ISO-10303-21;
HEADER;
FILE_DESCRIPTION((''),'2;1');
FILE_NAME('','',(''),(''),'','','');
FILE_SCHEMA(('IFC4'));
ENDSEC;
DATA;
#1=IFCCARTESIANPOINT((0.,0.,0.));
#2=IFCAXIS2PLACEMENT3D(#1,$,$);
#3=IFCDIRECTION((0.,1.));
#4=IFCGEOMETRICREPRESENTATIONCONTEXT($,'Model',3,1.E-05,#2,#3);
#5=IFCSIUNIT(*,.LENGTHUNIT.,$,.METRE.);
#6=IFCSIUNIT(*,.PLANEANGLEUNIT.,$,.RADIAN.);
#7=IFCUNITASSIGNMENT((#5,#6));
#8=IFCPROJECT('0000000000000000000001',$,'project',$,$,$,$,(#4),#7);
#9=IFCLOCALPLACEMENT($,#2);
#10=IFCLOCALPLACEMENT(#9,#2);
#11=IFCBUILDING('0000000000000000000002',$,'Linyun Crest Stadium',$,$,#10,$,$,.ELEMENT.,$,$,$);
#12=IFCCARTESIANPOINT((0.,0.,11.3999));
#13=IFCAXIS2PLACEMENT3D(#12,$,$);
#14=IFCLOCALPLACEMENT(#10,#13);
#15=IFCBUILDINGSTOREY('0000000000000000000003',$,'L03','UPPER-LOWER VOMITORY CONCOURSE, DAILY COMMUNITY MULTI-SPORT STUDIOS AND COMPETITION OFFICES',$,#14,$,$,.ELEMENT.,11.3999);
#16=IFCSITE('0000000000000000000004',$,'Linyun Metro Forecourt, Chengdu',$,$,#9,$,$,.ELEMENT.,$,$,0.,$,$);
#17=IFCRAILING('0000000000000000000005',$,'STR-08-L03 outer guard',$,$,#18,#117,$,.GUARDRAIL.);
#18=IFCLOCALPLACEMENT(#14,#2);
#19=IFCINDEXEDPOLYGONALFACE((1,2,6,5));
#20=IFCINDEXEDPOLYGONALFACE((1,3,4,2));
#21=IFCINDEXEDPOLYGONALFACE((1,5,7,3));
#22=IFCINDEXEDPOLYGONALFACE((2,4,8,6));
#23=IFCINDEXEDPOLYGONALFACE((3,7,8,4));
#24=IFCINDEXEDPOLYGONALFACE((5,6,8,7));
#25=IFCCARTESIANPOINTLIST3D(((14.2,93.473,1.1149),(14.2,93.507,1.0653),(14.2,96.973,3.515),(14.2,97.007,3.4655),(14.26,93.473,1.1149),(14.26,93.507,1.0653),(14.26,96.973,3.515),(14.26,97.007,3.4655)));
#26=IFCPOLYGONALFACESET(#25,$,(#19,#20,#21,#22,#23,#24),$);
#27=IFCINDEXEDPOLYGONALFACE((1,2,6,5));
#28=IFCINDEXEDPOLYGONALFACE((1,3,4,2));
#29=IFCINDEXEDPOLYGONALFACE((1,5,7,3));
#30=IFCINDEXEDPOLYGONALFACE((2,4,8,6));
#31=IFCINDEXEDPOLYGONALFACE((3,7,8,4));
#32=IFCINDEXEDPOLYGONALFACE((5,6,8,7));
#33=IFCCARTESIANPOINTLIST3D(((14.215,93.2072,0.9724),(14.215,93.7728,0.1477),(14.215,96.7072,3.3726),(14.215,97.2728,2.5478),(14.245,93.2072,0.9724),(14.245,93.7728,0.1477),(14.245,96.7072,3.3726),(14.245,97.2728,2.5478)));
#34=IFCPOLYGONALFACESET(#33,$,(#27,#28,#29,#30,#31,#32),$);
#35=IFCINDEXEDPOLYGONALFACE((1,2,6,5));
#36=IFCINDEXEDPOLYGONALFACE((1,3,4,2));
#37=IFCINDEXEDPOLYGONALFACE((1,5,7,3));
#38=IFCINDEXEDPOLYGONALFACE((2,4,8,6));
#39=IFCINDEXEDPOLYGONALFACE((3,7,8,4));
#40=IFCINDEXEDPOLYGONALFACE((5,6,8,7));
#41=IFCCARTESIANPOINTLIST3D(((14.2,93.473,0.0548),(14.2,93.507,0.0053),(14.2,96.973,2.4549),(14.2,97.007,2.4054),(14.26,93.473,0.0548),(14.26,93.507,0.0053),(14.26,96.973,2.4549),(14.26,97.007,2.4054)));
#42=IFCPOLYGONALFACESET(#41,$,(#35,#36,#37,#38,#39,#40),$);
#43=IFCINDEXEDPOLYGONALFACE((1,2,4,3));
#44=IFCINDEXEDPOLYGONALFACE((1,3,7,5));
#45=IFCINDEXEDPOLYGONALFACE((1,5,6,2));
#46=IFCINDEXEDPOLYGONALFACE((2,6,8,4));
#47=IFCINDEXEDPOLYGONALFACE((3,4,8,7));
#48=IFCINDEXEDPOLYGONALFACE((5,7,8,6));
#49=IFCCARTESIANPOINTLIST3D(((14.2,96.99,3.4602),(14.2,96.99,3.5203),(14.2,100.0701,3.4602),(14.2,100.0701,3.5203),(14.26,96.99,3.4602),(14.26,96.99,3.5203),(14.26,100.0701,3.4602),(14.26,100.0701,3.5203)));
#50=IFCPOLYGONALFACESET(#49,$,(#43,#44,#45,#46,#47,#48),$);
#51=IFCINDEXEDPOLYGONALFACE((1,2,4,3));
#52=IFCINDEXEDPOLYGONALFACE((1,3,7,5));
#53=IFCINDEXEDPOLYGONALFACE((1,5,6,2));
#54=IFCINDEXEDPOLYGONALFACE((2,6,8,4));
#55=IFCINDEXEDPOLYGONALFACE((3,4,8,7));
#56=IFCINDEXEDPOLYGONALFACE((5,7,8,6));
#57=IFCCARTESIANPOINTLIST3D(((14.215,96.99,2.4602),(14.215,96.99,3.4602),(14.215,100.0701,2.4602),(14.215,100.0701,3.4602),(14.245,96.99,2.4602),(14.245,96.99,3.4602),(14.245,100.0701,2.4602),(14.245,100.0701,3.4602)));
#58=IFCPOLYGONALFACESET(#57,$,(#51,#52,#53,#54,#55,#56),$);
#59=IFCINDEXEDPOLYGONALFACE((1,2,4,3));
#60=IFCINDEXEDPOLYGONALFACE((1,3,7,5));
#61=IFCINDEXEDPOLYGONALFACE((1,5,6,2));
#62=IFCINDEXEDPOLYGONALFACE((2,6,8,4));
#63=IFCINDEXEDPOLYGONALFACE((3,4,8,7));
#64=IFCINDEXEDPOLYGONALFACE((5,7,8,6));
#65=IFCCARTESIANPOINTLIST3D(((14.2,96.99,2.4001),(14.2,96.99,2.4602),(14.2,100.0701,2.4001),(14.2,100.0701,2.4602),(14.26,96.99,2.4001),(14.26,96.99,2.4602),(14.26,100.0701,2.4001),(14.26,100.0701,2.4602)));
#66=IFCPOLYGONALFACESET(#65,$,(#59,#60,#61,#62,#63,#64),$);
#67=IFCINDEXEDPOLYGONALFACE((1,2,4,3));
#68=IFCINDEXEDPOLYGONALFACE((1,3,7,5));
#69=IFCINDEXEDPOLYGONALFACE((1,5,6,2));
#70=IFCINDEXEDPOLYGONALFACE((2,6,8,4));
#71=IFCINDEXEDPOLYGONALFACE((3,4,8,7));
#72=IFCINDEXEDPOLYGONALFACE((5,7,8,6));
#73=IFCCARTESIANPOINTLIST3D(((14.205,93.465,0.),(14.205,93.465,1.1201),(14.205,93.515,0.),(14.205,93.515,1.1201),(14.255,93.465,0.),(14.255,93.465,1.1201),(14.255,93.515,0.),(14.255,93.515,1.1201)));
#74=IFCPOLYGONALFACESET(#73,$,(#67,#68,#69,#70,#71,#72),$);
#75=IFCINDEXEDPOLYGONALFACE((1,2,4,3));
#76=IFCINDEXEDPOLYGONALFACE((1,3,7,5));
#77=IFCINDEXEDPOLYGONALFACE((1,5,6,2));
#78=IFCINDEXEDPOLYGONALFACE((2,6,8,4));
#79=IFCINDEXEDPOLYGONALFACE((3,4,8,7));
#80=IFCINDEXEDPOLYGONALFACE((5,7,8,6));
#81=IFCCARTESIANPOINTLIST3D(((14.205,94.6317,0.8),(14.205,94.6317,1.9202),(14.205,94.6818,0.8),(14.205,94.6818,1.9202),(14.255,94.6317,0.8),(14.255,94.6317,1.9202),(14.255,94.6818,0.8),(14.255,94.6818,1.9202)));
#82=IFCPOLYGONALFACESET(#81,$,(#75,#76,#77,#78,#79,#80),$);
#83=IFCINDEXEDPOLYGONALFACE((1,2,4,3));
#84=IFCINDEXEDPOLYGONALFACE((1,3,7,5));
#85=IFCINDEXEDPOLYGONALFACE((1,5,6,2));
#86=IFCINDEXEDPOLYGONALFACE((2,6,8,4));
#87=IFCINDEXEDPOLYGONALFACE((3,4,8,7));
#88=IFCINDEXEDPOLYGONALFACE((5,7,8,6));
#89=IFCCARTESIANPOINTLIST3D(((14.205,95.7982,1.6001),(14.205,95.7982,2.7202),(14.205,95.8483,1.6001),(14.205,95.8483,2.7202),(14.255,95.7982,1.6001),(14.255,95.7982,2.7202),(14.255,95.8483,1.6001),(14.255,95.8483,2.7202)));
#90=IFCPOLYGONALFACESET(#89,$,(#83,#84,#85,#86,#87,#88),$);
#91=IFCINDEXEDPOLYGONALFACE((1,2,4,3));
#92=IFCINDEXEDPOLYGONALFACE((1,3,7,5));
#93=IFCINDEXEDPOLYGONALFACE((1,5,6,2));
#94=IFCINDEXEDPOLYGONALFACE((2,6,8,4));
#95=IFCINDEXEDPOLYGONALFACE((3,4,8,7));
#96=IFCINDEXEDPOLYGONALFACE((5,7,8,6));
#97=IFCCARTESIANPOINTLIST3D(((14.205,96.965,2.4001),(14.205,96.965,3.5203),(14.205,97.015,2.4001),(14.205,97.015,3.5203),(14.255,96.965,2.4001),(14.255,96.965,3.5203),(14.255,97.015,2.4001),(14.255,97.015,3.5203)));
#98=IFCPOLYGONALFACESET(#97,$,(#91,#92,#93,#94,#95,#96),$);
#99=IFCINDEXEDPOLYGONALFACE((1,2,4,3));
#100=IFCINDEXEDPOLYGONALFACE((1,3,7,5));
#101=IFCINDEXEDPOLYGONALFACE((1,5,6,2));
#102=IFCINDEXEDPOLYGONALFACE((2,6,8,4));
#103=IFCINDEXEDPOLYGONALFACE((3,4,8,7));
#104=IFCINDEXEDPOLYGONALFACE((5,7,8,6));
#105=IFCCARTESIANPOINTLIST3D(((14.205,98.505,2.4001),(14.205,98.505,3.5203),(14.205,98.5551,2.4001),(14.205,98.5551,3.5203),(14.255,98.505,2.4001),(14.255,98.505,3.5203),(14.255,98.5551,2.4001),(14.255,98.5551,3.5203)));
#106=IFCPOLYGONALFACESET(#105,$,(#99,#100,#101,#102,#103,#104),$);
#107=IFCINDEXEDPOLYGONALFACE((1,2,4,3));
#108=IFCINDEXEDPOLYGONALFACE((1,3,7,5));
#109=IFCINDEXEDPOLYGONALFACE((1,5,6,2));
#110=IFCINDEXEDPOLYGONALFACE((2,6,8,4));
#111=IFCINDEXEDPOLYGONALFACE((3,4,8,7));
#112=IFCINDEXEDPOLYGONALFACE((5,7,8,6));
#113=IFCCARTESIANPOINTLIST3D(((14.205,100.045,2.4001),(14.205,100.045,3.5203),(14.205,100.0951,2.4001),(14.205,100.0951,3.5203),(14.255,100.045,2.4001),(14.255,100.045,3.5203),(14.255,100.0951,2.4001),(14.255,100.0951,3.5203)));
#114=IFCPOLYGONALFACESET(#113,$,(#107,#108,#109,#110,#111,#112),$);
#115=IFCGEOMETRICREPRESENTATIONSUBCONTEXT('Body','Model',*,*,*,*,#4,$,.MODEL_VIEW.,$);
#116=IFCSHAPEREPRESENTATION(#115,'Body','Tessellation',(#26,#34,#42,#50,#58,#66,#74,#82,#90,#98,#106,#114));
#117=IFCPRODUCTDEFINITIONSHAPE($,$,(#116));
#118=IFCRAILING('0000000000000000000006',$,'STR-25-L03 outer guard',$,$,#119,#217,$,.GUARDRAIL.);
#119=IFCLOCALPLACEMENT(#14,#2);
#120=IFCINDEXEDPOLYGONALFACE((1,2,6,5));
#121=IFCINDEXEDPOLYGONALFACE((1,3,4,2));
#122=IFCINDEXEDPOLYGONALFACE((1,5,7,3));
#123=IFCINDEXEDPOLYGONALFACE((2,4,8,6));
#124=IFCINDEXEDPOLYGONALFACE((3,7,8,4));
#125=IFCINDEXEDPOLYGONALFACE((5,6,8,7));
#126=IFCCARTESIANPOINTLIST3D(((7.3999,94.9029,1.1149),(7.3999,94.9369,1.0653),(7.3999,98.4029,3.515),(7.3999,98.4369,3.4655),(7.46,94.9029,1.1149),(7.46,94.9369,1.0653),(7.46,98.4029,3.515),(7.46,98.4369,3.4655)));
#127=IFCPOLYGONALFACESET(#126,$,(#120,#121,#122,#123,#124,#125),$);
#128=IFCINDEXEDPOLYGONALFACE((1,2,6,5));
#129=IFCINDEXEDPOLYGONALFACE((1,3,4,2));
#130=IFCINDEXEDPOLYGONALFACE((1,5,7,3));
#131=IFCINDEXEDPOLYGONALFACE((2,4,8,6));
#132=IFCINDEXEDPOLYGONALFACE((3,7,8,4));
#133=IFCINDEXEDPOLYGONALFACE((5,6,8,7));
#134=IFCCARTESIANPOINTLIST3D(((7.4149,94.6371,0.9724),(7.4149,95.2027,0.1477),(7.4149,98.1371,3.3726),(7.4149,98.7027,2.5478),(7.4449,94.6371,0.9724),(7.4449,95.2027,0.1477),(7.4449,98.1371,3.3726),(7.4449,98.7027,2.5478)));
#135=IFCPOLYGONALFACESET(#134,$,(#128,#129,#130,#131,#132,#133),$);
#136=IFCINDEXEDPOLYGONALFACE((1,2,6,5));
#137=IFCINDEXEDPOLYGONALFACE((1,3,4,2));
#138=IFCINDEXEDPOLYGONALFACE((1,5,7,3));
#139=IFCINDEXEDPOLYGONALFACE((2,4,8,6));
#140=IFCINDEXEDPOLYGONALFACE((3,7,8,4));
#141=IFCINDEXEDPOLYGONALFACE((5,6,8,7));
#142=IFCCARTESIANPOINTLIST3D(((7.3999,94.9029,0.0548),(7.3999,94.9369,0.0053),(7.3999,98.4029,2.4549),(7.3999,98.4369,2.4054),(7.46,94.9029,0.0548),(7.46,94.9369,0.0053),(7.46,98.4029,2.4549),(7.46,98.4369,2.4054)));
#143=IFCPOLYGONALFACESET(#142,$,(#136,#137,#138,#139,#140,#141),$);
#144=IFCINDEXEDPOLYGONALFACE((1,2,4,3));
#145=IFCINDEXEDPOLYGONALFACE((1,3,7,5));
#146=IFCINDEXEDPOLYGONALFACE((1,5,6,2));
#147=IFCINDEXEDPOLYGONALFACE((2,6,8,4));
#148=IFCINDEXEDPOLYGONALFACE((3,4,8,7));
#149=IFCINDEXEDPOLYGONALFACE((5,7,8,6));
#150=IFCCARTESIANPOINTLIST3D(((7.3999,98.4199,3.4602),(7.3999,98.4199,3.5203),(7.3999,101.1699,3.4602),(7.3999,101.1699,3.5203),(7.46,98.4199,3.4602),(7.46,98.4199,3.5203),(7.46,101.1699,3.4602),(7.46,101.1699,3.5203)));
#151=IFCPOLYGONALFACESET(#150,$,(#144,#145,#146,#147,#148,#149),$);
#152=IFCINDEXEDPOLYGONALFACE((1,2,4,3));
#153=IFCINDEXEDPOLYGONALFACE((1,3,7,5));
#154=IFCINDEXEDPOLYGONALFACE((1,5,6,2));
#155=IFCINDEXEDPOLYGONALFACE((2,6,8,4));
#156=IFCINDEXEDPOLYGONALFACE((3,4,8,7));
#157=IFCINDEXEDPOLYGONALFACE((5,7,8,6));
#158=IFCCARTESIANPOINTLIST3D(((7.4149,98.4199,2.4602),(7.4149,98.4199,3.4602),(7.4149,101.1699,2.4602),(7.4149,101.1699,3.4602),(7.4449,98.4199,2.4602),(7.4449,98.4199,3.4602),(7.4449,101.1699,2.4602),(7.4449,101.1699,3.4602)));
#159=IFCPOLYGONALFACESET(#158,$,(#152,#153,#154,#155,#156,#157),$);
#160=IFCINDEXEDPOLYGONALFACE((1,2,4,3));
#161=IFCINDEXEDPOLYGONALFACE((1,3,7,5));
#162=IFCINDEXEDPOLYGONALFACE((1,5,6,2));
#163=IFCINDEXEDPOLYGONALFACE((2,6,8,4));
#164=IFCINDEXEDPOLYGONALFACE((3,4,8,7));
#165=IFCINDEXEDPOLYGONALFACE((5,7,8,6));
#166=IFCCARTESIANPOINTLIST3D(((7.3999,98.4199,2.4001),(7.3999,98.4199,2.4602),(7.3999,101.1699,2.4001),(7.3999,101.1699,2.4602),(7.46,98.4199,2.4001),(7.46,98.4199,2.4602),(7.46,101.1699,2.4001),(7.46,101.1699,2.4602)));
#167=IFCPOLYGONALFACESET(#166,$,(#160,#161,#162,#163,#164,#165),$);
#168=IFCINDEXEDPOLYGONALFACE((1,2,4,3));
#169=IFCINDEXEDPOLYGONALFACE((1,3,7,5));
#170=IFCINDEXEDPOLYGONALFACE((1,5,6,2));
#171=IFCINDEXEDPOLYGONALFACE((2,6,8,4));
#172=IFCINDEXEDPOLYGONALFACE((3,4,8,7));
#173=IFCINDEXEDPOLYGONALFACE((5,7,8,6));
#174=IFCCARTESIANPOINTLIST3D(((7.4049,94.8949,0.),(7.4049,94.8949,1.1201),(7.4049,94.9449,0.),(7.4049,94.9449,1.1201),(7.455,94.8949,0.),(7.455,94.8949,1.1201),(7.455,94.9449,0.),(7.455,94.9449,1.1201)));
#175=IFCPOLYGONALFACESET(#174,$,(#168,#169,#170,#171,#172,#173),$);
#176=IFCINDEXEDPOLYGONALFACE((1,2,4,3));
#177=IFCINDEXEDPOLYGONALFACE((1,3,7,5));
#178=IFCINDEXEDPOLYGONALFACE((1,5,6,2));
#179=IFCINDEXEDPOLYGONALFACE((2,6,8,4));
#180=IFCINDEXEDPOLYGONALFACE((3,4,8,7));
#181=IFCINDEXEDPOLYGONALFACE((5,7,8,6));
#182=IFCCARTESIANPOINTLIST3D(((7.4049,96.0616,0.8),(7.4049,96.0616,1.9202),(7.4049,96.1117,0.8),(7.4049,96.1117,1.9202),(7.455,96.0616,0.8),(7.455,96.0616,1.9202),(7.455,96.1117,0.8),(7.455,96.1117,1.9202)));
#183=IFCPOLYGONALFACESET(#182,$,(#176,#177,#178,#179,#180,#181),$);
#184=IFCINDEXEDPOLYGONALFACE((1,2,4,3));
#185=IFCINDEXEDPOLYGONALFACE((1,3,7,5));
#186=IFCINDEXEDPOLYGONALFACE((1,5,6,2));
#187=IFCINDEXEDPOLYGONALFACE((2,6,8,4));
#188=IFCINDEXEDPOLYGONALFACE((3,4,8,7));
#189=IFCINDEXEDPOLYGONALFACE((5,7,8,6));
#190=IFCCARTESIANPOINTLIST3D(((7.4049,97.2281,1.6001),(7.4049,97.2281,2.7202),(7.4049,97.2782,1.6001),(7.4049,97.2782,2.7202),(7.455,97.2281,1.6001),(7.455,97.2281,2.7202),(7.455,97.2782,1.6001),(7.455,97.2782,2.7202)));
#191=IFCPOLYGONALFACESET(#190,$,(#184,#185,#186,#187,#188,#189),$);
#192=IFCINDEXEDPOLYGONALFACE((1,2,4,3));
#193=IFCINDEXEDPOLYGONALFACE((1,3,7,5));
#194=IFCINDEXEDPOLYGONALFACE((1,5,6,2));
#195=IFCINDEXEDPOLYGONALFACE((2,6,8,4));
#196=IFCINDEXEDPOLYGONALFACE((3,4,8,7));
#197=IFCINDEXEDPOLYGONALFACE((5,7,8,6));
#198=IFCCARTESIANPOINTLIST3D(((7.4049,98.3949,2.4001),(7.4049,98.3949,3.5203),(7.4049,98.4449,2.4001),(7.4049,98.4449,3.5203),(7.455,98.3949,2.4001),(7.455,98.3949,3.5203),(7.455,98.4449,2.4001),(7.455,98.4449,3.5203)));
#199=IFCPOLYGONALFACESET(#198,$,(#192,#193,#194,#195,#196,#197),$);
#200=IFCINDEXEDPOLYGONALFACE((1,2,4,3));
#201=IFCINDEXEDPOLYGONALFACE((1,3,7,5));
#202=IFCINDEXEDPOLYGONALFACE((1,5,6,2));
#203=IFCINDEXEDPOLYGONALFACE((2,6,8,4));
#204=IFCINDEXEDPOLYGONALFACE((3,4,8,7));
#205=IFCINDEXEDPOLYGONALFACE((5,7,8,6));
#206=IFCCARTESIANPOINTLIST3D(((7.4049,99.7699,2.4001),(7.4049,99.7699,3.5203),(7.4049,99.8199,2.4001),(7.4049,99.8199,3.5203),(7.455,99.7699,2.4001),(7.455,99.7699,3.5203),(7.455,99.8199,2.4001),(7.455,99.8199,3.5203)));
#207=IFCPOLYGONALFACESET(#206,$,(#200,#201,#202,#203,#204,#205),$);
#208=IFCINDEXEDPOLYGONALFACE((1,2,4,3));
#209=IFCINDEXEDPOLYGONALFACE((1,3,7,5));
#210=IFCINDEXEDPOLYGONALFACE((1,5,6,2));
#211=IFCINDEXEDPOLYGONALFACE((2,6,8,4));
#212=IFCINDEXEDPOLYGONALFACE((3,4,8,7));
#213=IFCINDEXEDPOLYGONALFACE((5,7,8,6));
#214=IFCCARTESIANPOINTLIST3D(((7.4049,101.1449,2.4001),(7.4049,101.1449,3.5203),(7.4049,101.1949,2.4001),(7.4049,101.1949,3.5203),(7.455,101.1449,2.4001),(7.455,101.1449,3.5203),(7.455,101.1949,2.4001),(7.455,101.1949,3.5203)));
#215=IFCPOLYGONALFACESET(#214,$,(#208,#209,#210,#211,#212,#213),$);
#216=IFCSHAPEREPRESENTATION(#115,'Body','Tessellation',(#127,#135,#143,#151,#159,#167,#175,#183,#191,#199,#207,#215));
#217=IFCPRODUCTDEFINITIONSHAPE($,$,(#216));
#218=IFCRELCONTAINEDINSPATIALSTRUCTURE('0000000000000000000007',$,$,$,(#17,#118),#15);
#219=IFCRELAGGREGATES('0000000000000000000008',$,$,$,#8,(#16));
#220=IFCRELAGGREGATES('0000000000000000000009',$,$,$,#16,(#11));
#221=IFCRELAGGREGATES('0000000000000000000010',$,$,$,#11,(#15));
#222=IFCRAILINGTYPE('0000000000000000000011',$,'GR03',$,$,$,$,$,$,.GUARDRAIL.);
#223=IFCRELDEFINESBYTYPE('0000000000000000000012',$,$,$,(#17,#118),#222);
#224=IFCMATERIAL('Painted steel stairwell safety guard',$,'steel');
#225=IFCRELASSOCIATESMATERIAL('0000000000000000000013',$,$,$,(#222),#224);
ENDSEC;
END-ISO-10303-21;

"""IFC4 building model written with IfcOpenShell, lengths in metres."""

from ifc_helpers import new_model, si_unit, direction, frame, origin, origin_2d, place, context, subcontext, project, spatial, rectangle, extrude, material, type_object, element, save


model = new_model("IFC4")

# Units and contexts
model_context = context("Model", 3, precision=1e-05, world=origin(), true_north=direction((0.0, 1.0)))
body_context = subcontext(model_context, "Body", "Model", "MODEL_VIEW")
ifc_project = project(units=[si_unit("LENGTHUNIT", "METRE"), si_unit("PLANEANGLEUNIT", "RADIAN")], contexts=[model_context])

# Site, building, storey
site_placement = place(None, origin())
site = spatial("IfcSite", under=ifc_project, at=site_placement, Name="Linyun Metro Forecourt, Chengdu", CompositionType="ELEMENT", RefElevation=0.0)
building_placement = place(site_placement, origin())
building = spatial("IfcBuilding", under=site, at=building_placement, Name="Linyun Crest Stadium", CompositionType="ELEMENT")
storey_placement = place(building_placement, frame((0.0, 0.0, 11.3999)))
storey = spatial("IfcBuildingStorey", under=building, at=storey_placement, Name="L03", Description="UPPER-LOWER VOMITORY CONCOURSE, DAILY COMMUNITY MULTI-SPORT STUDIOS AND COMPETITION OFFICES", CompositionType="ELEMENT", Elevation=11.3999)

# Railings
ifc_material_1 = material(Name="Painted steel stairwell safety guard", Category="steel")
railing_type_1 = type_object("IfcRailingType", Name="GR03", PredefinedType="GUARDRAIL", material=ifc_material_1)
railing_1_placement = place(storey_placement, frame((14.23, 93.49, 0.0)))
element("IfcRailing", 1, at=railing_1_placement, inside=storey, type_object=railing_type_1, Name="STR-08-L03 outer guard", PredefinedType="GUARDRAIL", context=body_context, shape_type="SweptSolid", body=[
    extrude(rectangle(XDim=0.0601, YDim=0.0601, at=origin_2d()), frame((0.0, 0.0, 1.0901), z_axis=(0.0, 0.824713, 0.565552), x_axis=(-1.0, 0.0, 0.0)), (0.0, 0.0, 1.0), 4.2439),
    extrude(rectangle(XDim=0.03, YDim=1.0, at=origin_2d()), frame((0.0, 0.0, 0.5601), z_axis=(0.0, 0.824713, 0.565552), x_axis=(-1.0, 0.0, 0.0)), (0.0, 0.0, 1.0), 4.2439),
    extrude(rectangle(XDim=0.0601, YDim=0.0601, at=origin_2d()), frame((0.0, 0.0, 0.03), z_axis=(0.0, 0.824713, 0.565552), x_axis=(-1.0, 0.0, 0.0)), (0.0, 0.0, 1.0), 4.2439),
    extrude(rectangle(XDim=0.0601, YDim=0.0601, at=origin_2d()), frame((0.0, 3.5, 3.4902), z_axis=(0.0, 1.0, 0.0), x_axis=(-1.0, 0.0, 0.0)), (0.0, 0.0, 1.0), 3.0801),
    extrude(rectangle(XDim=0.03, YDim=1.0, at=origin_2d()), frame((0.0, 3.5, 2.9602), z_axis=(0.0, 1.0, 0.0), x_axis=(-1.0, 0.0, 0.0)), (0.0, 0.0, 1.0), 3.0801),
    extrude(rectangle(XDim=0.0601, YDim=0.0601, at=origin_2d()), frame((0.0, 3.5, 2.4302), z_axis=(0.0, 1.0, 0.0), x_axis=(-1.0, 0.0, 0.0)), (0.0, 0.0, 1.0), 3.0801),
    extrude(rectangle(XDim=0.05, YDim=0.05, at=origin_2d()), origin(), (0.0, 0.0, 1.0), 1.1201),
    extrude(rectangle(XDim=0.05, YDim=0.05, at=origin_2d()), frame((0.0, 1.1667, 0.8)), (0.0, 0.0, 1.0), 1.1201),
    extrude(rectangle(XDim=0.05, YDim=0.05, at=origin_2d()), frame((0.0, 2.3333, 1.6001)), (0.0, 0.0, 1.0), 1.1201),
    extrude(rectangle(XDim=0.05, YDim=0.05, at=origin_2d()), frame((0.0, 3.5, 2.4001)), (0.0, 0.0, 1.0), 1.1201),
    extrude(rectangle(XDim=0.05, YDim=0.05, at=origin_2d()), frame((0.0, 5.04, 2.4001)), (0.0, 0.0, 1.0), 1.1201),
    extrude(rectangle(XDim=0.05, YDim=0.05, at=origin_2d()), frame((0.0, 6.5801, 2.4001)), (0.0, 0.0, 1.0), 1.1201),
])
railing_2_placement = place(storey_placement, frame((7.4299, 94.9199, 0.0)))
element("IfcRailing", 2, at=railing_2_placement, inside=storey, type_object=railing_type_1, Name="STR-25-L03 outer guard", PredefinedType="GUARDRAIL", context=body_context, shape_type="SweptSolid", body=[
    extrude(rectangle(XDim=0.0601, YDim=0.0601, at=origin_2d()), frame((0.0, 0.0, 1.0901), z_axis=(0.0, 0.824713, 0.565552), x_axis=(-1.0, 0.0, 0.0)), (0.0, 0.0, 1.0), 4.2439),
    extrude(rectangle(XDim=0.03, YDim=1.0, at=origin_2d()), frame((0.0, 0.0, 0.5601), z_axis=(0.0, 0.824713, 0.565552), x_axis=(-1.0, 0.0, 0.0)), (0.0, 0.0, 1.0), 4.2439),
    extrude(rectangle(XDim=0.0601, YDim=0.0601, at=origin_2d()), frame((0.0, 0.0, 0.03), z_axis=(0.0, 0.824713, 0.565552), x_axis=(-1.0, 0.0, 0.0)), (0.0, 0.0, 1.0), 4.2439),
    extrude(rectangle(XDim=0.0601, YDim=0.0601, at=origin_2d()), frame((0.0, 3.5, 3.4902), z_axis=(0.0, 1.0, 0.0), x_axis=(-1.0, 0.0, 0.0)), (0.0, 0.0, 1.0), 2.75),
    extrude(rectangle(XDim=0.03, YDim=1.0, at=origin_2d()), frame((0.0, 3.5, 2.9602), z_axis=(0.0, 1.0, 0.0), x_axis=(-1.0, 0.0, 0.0)), (0.0, 0.0, 1.0), 2.75),
    extrude(rectangle(XDim=0.0601, YDim=0.0601, at=origin_2d()), frame((0.0, 3.5, 2.4302), z_axis=(0.0, 1.0, 0.0), x_axis=(-1.0, 0.0, 0.0)), (0.0, 0.0, 1.0), 2.75),
    extrude(rectangle(XDim=0.05, YDim=0.05, at=origin_2d()), origin(), (0.0, 0.0, 1.0), 1.1201),
    extrude(rectangle(XDim=0.05, YDim=0.05, at=origin_2d()), frame((0.0, 1.1667, 0.8)), (0.0, 0.0, 1.0), 1.1201),
    extrude(rectangle(XDim=0.05, YDim=0.05, at=origin_2d()), frame((0.0, 2.3333, 1.6001)), (0.0, 0.0, 1.0), 1.1201),
    extrude(rectangle(XDim=0.05, YDim=0.05, at=origin_2d()), frame((0.0, 3.5, 2.4001)), (0.0, 0.0, 1.0), 1.1201),
    extrude(rectangle(XDim=0.05, YDim=0.05, at=origin_2d()), frame((0.0, 4.875, 2.4001)), (0.0, 0.0, 1.0), 1.1201),
    extrude(rectangle(XDim=0.05, YDim=0.05, at=origin_2d()), frame((0.0, 6.25, 2.4001)), (0.0, 0.0, 1.0), 1.1201),
])

save(model, "model.ifc")
